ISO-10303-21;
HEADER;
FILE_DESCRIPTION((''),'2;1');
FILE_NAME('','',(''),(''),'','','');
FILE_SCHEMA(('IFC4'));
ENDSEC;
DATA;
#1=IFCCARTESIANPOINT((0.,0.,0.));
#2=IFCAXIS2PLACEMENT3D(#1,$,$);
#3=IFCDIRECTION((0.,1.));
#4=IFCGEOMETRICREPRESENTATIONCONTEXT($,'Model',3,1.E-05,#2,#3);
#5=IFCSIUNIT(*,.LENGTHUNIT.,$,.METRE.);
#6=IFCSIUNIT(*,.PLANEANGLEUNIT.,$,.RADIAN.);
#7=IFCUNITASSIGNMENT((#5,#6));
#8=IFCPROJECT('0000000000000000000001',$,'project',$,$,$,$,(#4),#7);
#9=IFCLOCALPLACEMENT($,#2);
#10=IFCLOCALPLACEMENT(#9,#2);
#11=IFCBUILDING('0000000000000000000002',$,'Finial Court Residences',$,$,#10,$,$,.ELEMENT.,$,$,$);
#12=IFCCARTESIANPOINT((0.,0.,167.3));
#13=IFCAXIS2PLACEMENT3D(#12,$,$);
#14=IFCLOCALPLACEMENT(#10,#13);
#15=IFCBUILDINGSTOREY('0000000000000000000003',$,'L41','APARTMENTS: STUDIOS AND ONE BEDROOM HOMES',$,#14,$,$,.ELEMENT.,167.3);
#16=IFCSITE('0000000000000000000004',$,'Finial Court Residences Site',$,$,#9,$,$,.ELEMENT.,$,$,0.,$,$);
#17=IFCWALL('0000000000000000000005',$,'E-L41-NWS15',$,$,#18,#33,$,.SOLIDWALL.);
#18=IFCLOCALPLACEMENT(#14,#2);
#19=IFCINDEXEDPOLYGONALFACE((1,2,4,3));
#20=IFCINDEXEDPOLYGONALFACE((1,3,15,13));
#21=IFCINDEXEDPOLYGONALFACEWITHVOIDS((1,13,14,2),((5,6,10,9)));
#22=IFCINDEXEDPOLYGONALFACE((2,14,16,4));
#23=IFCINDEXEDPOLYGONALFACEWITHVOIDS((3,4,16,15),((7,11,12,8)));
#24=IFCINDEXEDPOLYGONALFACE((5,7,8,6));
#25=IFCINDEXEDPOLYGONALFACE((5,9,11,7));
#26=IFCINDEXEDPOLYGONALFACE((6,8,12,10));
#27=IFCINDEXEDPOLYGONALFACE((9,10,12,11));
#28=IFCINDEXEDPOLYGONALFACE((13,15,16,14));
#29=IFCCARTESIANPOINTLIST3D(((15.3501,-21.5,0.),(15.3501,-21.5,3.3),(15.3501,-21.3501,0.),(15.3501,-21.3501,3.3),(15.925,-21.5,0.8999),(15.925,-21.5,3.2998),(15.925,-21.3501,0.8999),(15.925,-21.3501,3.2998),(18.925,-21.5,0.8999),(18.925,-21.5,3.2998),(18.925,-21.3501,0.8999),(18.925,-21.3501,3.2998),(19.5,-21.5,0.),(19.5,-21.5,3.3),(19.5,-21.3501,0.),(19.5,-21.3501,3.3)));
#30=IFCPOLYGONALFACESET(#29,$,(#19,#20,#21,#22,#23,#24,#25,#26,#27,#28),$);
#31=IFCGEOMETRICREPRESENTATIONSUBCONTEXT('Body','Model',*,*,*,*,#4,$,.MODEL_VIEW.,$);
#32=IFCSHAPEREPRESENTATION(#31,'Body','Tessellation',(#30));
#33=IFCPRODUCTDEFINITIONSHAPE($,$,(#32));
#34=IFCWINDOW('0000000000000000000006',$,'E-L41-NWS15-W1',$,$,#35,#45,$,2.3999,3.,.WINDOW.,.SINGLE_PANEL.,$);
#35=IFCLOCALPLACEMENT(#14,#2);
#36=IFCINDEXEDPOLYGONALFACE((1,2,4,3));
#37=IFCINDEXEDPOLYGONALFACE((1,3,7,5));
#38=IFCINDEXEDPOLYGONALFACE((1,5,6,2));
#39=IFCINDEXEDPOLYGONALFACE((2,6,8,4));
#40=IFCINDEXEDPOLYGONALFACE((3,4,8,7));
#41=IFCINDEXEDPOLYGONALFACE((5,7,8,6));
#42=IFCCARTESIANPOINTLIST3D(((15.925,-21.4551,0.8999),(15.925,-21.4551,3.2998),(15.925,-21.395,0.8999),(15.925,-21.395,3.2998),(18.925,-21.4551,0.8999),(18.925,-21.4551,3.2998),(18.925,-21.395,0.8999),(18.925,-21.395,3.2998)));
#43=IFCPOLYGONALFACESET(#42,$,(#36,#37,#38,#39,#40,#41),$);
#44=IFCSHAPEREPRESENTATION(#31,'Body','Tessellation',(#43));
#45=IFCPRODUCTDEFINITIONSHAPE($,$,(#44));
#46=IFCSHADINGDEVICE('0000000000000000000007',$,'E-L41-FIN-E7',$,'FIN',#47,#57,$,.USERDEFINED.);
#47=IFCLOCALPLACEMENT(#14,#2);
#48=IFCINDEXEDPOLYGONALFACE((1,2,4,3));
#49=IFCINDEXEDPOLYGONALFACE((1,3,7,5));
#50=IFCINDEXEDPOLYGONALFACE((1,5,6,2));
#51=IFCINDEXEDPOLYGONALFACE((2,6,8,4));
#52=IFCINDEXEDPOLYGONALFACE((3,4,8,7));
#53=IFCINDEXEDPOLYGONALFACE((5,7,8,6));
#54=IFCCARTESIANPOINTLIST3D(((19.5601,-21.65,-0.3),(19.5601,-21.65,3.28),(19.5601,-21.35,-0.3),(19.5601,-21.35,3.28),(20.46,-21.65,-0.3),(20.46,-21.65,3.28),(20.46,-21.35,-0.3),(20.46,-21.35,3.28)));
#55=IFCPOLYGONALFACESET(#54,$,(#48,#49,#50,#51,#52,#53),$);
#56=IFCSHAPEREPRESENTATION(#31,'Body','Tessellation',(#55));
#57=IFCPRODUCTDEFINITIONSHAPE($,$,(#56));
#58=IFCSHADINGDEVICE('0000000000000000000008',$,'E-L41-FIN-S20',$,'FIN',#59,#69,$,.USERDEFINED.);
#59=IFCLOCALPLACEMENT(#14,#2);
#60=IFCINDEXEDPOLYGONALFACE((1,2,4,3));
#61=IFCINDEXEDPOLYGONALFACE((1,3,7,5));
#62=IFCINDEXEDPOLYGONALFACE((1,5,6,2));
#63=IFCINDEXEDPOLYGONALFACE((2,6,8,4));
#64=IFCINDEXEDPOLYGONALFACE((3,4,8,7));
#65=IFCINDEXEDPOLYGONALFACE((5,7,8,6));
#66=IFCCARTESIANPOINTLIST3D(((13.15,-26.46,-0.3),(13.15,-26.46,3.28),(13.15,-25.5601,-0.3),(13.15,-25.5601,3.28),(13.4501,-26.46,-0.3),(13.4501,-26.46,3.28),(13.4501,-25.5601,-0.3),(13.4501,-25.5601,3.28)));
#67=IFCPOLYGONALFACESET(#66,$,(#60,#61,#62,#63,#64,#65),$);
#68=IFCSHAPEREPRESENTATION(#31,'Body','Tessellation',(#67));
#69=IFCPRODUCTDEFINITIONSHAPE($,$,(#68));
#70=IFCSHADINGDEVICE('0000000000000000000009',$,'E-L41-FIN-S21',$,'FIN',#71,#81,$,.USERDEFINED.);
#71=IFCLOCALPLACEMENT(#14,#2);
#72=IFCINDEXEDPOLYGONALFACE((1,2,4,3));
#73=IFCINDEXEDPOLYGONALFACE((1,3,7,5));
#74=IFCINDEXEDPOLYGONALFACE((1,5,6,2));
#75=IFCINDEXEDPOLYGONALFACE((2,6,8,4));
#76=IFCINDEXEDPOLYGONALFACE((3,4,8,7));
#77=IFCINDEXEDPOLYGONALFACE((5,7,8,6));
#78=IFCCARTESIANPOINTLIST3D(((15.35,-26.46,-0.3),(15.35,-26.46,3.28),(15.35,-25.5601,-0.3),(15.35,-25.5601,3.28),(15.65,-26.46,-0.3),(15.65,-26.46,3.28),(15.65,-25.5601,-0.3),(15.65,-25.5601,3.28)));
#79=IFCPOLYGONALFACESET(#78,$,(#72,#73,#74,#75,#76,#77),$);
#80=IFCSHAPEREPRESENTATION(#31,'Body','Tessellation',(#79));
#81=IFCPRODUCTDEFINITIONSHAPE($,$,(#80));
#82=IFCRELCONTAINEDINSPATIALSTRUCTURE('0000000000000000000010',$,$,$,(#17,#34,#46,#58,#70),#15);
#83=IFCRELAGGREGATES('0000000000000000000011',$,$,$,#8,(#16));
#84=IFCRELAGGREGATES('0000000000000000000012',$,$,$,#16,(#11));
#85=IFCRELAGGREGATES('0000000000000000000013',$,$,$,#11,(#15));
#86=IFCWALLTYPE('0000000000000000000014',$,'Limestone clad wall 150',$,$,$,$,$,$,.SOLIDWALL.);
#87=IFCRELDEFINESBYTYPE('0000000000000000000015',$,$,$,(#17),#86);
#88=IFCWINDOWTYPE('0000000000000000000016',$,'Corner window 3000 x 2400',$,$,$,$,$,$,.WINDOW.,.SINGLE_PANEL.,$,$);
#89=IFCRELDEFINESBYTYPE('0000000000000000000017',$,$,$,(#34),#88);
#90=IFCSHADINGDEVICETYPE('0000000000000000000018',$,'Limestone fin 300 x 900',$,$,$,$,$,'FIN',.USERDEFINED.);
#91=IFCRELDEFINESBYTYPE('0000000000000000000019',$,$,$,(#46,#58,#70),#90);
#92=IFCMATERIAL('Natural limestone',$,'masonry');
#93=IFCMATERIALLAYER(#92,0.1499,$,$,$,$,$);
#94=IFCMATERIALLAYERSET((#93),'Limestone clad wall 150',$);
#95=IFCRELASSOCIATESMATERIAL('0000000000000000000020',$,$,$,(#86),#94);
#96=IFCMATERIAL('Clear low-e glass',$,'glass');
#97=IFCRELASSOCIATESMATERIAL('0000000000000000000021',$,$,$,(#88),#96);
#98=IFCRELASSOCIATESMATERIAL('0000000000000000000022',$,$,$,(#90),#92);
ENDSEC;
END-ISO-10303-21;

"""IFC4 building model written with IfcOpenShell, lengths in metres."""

from ifc_helpers import new_model, si_unit, direction, frame, frame_2d, origin, origin_2d, place, context, subcontext, project, spatial, rectangle, extrude, material, layer, layer_set, type_object, element, fill, save


model = new_model("IFC4")

# Units and contexts
model_context = context("Model", 3, precision=1e-05, world=origin(), true_north=direction((0.0, 1.0)))
body_context = subcontext(model_context, "Body", "Model", "MODEL_VIEW")
ifc_project = project(units=[si_unit("LENGTHUNIT", "METRE"), si_unit("PLANEANGLEUNIT", "RADIAN")], contexts=[model_context])

# Site, building, storey
site_placement = place(None, origin())
site = spatial("IfcSite", under=ifc_project, at=site_placement, Name="Finial Court Residences Site", CompositionType="ELEMENT", RefElevation=0.0)
building_placement = place(site_placement, origin())
building = spatial("IfcBuilding", under=site, at=building_placement, Name="Finial Court Residences", CompositionType="ELEMENT")
storey_placement = place(building_placement, frame((0.0, 0.0, 167.3)))
storey = spatial("IfcBuildingStorey", under=building, at=storey_placement, Name="L41", Description="APARTMENTS: STUDIOS AND ONE BEDROOM HOMES", CompositionType="ELEMENT", Elevation=167.3)

# Shared definitions
ifc_material_1 = material(Name="Clear low-e glass", Category="glass")

# Wall, opening, window
ifc_material_2 = material(Name="Natural limestone", Category="masonry")
ifc_layer_1 = layer(ifc_material_2, 0.1499)
ifc_layer_set_1 = layer_set([ifc_layer_1], Name="Limestone clad wall 150")
wall_type_1 = type_object("IfcWallType", Name="Limestone clad wall 150", PredefinedType="SOLIDWALL", material=ifc_layer_set_1)
wall_1_placement = place(storey_placement, frame((19.5, -21.425, 0.0), z_axis=(0.0, 0.0, 1.0), x_axis=(-1.0, 0.0, 0.0)))
wall_1 = element("IfcWall", 1, at=wall_1_placement, inside=storey, type_object=wall_type_1, Name="E-L41-NWS15", PredefinedType="SOLIDWALL", context=body_context, shape_type="SweptSolid", body=[
    extrude(rectangle(XDim=4.1499, YDim=0.1499, at=frame_2d((2.075, 0.0))), origin(), (0.0, 0.0, 1.0), 3.3),
])
opening_1_placement = place(wall_1_placement, frame((0.575, 0.0, 0.8999)))
opening_1 = element("IfcOpeningElement", 2, at=opening_1_placement, cuts=wall_1, PredefinedType="OPENING", context=body_context, shape_type="SweptSolid", body=[
    extrude(rectangle(XDim=3.0, YDim=2.3999, at=frame_2d((1.5, 1.2))), frame((0.0, 0.085, 0.0), z_axis=(0.0, -1.0, 0.0), x_axis=(1.0, 0.0, 0.0)), (0.0, 0.0, 1.0), 0.1699),
])
window_type_1 = type_object("IfcWindowType", Name="Corner window 3000 x 2400", PartitioningType="SINGLE_PANEL", PredefinedType="WINDOW", material=ifc_material_1)
window_1_placement = place(opening_1_placement, origin())
window_1 = element("IfcWindow", 3, at=window_1_placement, inside=storey, type_object=window_type_1, Name="E-L41-NWS15-W1", OverallHeight=2.3999, OverallWidth=3.0, PartitioningType="SINGLE_PANEL", PredefinedType="WINDOW", context=body_context, shape_type="SweptSolid", body=[
    extrude(rectangle(XDim=3.0, YDim=2.3999, at=frame_2d((1.5, 1.2))), frame((0.0, 0.03, 0.0), z_axis=(0.0, -1.0, 0.0), x_axis=(1.0, 0.0, 0.0)), (0.0, 0.0, 1.0), 0.0601),
])
fill(opening_1, window_1)

# Shading devices
shading_device_type = type_object("IfcShadingDeviceType", Name="Limestone fin 300 x 900", ElementType="FIN", PredefinedType="USERDEFINED", material=ifc_material_2)
shading_device_placement = place(storey_placement, frame((20.01, -21.5, -0.3), z_axis=(0.0, 0.0, 1.0), x_axis=(1.0, 0.0, 0.0)))
element("IfcShadingDevice", 4, at=shading_device_placement, inside=storey, type_object=shading_device_type, Name="E-L41-FIN-E7", ObjectType="FIN", PredefinedType="USERDEFINED", context=body_context, shape_type="SweptSolid", body=[
    extrude(rectangle(XDim=0.8999, YDim=0.3, at=origin_2d()), origin(), (0.0, 0.0, 1.0), 3.5801),
])
for number, where, z_axis, x_axis, name in (
    (5, (13.3, -26.01, -0.3), (0.0, 0.0, 1.0), (1.0, 0.0, 0.0), "E-L41-FIN-S20"),
    (6, (15.5, -26.01, -0.3), (0.0, 0.0, 1.0), (1.0, 0.0, 0.0), "E-L41-FIN-S21"),
):
    element("IfcShadingDevice", number, at=place(storey_placement, frame(where, z_axis=z_axis, x_axis=x_axis)), inside=storey, type_object=shading_device_type, Name=name, ObjectType="FIN", PredefinedType="USERDEFINED", context=body_context, shape_type="SweptSolid", body=[
        extrude(rectangle(XDim=0.3, YDim=0.8999, at=origin_2d()), origin(), (0.0, 0.0, 1.0), 3.5801),
    ])

save(model, "model.ifc")
